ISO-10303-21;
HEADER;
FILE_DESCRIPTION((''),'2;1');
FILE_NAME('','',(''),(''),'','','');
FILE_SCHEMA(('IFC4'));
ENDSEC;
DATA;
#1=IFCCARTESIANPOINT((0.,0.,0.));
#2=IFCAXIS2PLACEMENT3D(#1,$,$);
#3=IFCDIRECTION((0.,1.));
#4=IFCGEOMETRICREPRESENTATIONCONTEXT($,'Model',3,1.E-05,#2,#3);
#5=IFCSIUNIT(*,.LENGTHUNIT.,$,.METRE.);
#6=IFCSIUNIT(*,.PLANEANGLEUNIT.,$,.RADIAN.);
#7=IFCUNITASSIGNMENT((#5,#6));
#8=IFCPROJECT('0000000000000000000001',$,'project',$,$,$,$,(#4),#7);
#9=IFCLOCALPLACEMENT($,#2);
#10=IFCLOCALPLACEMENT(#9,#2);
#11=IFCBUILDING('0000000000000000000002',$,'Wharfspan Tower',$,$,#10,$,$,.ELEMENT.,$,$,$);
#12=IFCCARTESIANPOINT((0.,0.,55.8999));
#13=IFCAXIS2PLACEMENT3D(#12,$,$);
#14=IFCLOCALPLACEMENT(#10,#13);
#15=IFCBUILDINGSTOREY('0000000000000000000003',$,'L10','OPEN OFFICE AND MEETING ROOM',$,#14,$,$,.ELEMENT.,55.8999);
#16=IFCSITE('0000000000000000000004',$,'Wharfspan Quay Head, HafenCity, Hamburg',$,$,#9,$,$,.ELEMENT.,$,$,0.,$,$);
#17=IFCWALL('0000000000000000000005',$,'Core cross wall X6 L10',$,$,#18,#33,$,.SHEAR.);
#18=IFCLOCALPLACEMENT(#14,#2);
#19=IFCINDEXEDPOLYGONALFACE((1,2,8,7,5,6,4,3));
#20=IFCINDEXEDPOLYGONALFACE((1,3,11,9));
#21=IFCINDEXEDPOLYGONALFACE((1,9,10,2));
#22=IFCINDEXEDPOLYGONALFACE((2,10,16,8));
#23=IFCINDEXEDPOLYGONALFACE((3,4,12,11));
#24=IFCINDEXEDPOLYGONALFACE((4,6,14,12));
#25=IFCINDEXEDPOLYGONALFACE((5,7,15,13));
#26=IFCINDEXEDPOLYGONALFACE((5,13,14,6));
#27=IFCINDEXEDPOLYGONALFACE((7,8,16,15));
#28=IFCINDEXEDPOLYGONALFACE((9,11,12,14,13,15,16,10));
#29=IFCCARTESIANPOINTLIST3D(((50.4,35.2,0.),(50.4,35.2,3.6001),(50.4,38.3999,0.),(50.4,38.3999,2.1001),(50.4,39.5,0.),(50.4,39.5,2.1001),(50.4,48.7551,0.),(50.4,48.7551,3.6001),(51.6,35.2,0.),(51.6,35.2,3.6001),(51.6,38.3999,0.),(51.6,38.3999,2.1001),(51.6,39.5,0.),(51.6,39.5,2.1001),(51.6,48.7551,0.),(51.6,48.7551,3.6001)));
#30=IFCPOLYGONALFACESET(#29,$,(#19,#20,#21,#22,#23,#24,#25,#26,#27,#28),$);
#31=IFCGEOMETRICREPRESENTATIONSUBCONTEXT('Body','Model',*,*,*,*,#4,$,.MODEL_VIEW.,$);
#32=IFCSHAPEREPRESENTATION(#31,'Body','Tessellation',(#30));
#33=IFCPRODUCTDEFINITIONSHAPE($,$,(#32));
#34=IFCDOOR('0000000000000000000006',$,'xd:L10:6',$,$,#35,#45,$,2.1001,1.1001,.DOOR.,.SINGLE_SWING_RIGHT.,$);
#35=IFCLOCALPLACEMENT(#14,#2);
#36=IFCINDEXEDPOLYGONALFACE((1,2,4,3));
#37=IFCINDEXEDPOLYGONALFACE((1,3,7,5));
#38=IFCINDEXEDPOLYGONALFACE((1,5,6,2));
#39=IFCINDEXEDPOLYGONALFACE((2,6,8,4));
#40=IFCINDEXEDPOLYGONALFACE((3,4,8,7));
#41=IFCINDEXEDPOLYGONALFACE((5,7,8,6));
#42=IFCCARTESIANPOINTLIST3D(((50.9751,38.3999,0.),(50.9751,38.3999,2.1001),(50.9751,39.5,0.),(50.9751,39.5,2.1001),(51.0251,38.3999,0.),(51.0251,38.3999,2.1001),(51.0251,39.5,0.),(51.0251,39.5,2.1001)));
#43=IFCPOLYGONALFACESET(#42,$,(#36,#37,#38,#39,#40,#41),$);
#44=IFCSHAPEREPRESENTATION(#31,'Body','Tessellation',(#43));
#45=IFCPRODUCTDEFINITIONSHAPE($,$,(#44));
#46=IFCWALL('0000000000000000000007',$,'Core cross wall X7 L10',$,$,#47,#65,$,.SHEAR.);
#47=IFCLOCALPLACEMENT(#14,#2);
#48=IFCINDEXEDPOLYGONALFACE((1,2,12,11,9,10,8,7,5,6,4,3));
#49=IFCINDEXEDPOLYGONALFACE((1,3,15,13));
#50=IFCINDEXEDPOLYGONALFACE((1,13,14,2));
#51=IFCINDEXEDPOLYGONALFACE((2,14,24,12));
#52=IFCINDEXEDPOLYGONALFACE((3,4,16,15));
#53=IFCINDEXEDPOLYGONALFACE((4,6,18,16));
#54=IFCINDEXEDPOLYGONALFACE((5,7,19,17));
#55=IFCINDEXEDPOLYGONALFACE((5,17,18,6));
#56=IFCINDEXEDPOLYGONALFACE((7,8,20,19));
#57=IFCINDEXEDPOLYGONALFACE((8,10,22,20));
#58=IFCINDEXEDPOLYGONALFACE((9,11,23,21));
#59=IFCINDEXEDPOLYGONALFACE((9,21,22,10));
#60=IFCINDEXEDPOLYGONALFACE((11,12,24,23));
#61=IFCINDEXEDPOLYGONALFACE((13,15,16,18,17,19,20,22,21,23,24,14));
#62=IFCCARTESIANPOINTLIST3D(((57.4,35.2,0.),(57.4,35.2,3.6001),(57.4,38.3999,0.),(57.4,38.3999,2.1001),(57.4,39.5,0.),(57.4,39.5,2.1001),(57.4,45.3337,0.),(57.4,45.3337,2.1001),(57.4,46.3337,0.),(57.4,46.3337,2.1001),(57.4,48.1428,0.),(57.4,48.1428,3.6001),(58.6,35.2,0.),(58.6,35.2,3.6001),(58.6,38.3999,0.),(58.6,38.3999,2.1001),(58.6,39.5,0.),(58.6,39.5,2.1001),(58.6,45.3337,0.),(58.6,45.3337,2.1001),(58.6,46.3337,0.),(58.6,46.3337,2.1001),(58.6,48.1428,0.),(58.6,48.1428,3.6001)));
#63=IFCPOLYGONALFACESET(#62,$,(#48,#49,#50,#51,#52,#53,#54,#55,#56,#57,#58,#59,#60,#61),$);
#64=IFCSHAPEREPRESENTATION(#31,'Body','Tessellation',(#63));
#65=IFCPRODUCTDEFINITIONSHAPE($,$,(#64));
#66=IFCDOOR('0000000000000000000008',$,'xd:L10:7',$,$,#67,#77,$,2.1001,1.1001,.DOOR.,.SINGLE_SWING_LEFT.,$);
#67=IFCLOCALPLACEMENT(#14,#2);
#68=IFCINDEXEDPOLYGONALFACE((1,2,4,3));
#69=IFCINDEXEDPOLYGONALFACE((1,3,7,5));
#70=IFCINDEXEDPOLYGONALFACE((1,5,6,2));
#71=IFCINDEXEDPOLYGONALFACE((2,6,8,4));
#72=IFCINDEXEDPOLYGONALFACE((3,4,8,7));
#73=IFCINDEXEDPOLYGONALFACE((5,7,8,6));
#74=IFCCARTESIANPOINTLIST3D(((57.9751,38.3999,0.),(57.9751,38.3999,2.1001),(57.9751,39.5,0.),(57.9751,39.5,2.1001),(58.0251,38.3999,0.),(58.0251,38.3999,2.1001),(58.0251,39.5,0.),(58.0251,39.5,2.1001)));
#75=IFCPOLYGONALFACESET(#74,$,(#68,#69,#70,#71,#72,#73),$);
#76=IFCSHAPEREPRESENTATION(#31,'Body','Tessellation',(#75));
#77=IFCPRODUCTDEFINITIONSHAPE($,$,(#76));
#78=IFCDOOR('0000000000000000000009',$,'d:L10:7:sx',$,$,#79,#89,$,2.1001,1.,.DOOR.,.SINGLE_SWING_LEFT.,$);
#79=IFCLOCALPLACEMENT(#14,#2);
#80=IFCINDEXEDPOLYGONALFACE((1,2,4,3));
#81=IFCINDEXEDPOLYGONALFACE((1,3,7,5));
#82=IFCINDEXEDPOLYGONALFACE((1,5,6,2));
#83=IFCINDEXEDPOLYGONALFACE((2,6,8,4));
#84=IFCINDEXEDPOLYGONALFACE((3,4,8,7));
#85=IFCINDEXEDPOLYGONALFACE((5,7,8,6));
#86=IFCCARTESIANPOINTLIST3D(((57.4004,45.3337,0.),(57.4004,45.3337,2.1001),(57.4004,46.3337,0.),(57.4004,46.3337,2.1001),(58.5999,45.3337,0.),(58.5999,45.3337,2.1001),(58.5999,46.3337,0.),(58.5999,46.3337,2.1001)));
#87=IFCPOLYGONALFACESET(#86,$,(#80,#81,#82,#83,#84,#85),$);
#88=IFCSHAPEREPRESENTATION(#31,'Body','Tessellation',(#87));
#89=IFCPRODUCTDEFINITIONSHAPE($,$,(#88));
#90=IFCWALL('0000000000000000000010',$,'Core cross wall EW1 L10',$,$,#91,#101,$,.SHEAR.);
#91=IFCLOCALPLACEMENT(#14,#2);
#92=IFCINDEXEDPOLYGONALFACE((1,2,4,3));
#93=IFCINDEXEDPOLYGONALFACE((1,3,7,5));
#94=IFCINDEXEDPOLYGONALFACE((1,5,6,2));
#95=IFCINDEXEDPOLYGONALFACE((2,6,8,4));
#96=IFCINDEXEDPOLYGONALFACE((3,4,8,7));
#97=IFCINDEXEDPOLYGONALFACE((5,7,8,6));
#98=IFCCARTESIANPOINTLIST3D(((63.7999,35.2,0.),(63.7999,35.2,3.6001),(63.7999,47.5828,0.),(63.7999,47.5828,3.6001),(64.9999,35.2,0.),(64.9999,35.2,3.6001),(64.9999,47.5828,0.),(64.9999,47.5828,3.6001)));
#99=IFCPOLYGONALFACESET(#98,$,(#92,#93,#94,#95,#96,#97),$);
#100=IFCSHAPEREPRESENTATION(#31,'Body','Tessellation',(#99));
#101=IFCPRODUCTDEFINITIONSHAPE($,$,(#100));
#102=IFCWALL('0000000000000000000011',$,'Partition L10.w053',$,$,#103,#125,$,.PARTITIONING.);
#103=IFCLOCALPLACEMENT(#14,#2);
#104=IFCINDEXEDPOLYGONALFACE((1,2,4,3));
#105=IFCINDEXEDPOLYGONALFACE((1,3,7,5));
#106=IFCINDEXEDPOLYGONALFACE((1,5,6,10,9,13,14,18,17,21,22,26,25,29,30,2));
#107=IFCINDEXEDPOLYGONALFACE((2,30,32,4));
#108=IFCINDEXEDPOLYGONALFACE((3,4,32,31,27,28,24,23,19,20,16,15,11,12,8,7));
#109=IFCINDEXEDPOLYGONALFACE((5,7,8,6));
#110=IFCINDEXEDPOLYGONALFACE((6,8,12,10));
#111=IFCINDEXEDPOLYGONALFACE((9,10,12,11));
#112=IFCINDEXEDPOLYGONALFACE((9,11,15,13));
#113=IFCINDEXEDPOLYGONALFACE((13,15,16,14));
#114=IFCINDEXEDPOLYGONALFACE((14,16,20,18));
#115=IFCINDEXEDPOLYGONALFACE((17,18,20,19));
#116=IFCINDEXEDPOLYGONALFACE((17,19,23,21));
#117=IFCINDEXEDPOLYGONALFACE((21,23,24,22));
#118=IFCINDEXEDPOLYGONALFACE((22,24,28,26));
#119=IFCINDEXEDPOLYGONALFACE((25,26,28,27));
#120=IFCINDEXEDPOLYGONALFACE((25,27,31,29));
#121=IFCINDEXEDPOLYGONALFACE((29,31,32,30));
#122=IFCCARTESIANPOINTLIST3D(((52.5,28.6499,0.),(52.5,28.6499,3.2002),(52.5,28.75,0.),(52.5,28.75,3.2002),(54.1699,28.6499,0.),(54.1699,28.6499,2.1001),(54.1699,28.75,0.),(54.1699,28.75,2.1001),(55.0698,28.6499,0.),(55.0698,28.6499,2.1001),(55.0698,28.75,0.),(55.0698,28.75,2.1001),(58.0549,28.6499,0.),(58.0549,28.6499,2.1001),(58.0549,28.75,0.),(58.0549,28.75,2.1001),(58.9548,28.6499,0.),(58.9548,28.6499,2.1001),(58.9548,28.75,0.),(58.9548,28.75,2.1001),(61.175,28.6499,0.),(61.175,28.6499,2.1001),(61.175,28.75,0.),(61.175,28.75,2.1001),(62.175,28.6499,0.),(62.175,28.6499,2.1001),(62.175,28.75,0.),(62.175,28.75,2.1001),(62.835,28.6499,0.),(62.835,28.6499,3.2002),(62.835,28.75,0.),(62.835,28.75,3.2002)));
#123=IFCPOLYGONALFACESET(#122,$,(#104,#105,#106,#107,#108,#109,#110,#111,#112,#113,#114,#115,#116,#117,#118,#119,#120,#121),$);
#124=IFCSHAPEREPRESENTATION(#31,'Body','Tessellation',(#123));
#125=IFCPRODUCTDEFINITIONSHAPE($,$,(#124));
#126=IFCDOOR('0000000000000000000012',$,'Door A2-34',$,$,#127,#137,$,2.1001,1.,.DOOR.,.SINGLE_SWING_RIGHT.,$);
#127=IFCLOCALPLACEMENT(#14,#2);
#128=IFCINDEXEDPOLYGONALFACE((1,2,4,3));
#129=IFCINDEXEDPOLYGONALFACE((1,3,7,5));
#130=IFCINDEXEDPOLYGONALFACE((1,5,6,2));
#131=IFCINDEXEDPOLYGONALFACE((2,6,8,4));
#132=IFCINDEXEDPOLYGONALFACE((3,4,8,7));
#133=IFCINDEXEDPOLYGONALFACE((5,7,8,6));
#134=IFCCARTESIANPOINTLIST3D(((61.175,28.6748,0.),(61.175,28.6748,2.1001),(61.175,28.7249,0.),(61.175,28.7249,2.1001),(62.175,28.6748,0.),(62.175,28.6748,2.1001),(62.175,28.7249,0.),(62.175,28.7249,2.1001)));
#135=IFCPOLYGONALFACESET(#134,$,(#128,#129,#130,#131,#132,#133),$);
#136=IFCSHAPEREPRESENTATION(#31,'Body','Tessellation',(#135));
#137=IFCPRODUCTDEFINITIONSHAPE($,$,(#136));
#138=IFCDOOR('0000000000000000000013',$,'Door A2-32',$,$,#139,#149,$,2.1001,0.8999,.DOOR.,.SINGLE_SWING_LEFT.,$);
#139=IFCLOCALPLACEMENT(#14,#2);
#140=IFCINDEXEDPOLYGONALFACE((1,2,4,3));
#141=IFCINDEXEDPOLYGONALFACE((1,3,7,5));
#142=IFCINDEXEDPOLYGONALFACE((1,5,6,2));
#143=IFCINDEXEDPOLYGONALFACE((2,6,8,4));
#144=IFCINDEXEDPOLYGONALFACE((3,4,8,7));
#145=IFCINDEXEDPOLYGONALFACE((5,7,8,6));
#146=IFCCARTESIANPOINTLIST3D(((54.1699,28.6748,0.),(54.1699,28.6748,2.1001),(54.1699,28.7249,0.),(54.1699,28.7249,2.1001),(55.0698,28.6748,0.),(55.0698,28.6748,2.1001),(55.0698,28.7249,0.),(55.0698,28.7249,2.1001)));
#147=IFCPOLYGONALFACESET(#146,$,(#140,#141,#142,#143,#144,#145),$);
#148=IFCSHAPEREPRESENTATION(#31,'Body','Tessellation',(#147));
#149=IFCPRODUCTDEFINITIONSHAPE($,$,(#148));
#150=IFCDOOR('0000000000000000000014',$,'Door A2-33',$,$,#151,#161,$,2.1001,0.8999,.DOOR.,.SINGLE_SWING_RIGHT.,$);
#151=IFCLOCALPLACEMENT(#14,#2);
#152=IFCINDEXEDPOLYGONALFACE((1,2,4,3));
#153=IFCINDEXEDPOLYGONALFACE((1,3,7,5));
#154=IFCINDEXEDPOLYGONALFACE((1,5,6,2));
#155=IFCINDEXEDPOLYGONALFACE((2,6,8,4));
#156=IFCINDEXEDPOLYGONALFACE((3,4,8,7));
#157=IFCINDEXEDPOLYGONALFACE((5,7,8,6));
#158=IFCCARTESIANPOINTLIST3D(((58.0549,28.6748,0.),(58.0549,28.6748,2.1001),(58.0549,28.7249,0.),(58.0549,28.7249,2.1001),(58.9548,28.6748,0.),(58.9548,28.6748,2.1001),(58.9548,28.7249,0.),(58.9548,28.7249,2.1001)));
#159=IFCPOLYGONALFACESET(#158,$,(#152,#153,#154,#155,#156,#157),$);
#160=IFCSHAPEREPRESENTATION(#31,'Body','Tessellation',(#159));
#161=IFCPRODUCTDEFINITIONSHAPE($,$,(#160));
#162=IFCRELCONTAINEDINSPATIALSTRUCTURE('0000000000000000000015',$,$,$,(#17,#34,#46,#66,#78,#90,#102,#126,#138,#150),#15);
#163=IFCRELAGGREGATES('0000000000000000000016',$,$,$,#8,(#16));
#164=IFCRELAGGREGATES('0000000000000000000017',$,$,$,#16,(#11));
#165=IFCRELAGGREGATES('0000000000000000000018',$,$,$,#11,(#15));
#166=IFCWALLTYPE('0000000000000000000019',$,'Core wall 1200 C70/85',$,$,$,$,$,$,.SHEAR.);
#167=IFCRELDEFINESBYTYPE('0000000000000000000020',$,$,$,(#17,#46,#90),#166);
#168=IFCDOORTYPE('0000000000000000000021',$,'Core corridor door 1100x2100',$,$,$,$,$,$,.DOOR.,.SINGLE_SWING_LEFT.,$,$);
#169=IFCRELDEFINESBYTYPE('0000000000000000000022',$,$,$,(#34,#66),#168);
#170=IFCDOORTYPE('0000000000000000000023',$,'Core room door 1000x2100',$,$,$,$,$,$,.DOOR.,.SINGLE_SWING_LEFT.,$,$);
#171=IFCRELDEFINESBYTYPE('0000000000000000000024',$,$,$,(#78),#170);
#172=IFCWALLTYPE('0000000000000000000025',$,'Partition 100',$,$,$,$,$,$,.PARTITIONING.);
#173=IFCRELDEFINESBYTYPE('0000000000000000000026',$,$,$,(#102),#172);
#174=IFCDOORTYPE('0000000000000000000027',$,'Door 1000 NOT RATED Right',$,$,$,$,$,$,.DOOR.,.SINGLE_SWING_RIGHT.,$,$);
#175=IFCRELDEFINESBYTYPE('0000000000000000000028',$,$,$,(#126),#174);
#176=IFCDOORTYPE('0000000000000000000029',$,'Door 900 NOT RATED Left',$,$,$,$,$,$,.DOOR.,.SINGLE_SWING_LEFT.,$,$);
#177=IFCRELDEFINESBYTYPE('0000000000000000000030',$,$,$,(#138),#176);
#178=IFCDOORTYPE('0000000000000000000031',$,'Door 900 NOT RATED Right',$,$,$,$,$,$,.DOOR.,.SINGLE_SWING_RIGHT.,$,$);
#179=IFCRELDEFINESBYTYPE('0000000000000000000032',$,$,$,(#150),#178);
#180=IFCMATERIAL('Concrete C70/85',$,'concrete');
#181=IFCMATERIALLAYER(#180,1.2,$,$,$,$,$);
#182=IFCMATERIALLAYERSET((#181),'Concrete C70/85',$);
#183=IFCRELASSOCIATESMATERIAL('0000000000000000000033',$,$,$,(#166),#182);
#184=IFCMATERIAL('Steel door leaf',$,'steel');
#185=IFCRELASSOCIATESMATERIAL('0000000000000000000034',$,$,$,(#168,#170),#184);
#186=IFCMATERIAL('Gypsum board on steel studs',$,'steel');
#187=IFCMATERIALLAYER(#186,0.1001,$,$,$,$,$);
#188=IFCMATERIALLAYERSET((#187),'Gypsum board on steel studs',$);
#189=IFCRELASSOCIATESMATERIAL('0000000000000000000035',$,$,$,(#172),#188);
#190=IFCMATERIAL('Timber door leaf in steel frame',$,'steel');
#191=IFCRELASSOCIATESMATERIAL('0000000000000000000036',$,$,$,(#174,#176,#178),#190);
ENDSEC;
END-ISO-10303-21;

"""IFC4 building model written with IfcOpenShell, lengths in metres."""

from ifc_helpers import new_model, si_unit, direction, frame, frame_2d, origin, place, context, subcontext, project, spatial, rectangle, extrude, material, layer, layer_set, type_object, element, fill, save


model = new_model("IFC4")

# Units and contexts
model_context = context("Model", 3, precision=1e-05, world=origin(), true_north=direction((0.0, 1.0)))
body_context = subcontext(model_context, "Body", "Model", "MODEL_VIEW")
ifc_project = project(units=[si_unit("LENGTHUNIT", "METRE"), si_unit("PLANEANGLEUNIT", "RADIAN")], contexts=[model_context])

# Site, building, storey
site_placement = place(None, origin())
site = spatial("IfcSite", under=ifc_project, at=site_placement, Name="Wharfspan Quay Head, HafenCity, Hamburg", CompositionType="ELEMENT", RefElevation=0.0)
building_placement = place(site_placement, origin())
building = spatial("IfcBuilding", under=site, at=building_placement, Name="Wharfspan Tower", CompositionType="ELEMENT")
storey_placement = place(building_placement, frame((0.0, 0.0, 55.8999)))
storey = spatial("IfcBuildingStorey", under=building, at=storey_placement, Name="L10", Description="OPEN OFFICE AND MEETING ROOM", CompositionType="ELEMENT", Elevation=55.8999)

# Shared definitions
ifc_material_1 = material(Name="Gypsum board on steel studs", Category="steel")

# Wall, opening, door
ifc_material_2 = material(Name="Concrete C70/85", Category="concrete")
ifc_layer_1 = layer(ifc_material_2, 1.2)
ifc_layer_set_1 = layer_set([ifc_layer_1], Name="Concrete C70/85")
wall_type_1 = type_object("IfcWallType", Name="Core wall 1200 C70/85", PredefinedType="SHEAR", material=ifc_layer_set_1)
wall_1_placement = place(storey_placement, frame((51.0, 35.2, 0.0), z_axis=(0.0, 0.0, 1.0), x_axis=(0.0, 1.0, 0.0)))
wall_1 = element("IfcWall", 1, at=wall_1_placement, inside=storey, type_object=wall_type_1, Name="Core cross wall X6 L10", PredefinedType="SHEAR", context=body_context, shape_type="SweptSolid", body=[
    extrude(rectangle(XDim=13.5552, YDim=1.2, at=frame_2d((6.7776, 0.0))), origin(), (0.0, 0.0, 1.0), 3.6001),
])
opening_1_placement = place(wall_1_placement, frame((3.2, 0.0, 0.0)))
opening_1 = element("IfcOpeningElement", 2, at=opening_1_placement, cuts=wall_1, PredefinedType="OPENING", context=body_context, shape_type="SweptSolid", body=[
    extrude(rectangle(XDim=1.1001, YDim=2.1001, at=frame_2d((0.55, 1.05))), frame((0.0, 0.6099, 0.0), z_axis=(0.0, -1.0, 0.0), x_axis=(1.0, 0.0, 0.0)), (0.0, 0.0, 1.0), 1.22),
])
ifc_material_3 = material(Name="Steel door leaf", Category="steel")
door_type_1 = type_object("IfcDoorType", Name="Core corridor door 1100x2100", OperationType="SINGLE_SWING_LEFT", PredefinedType="DOOR", material=ifc_material_3)
door_1_placement = place(opening_1_placement, origin())
door_1 = element("IfcDoor", 3, at=door_1_placement, inside=storey, type_object=door_type_1, Name="xd:L10:6", OperationType="SINGLE_SWING_RIGHT", OverallHeight=2.1001, OverallWidth=1.1001, PredefinedType="DOOR", context=body_context, shape_type="SweptSolid", body=[
    extrude(rectangle(XDim=1.1001, YDim=2.1001, at=frame_2d((0.55, 1.05))), frame((0.0, 0.0249, 0.0), z_axis=(0.0, -1.0, 0.0), x_axis=(1.0, 0.0, 0.0)), (0.0, 0.0, 1.0), 0.05),
])
fill(opening_1, door_1)

# Wall, openings, doors
wall_2_placement = place(storey_placement, frame((58.0, 35.2, 0.0), z_axis=(0.0, 0.0, 1.0), x_axis=(0.0, 1.0, 0.0)))
wall_2 = element("IfcWall", 4, at=wall_2_placement, inside=storey, type_object=wall_type_1, Name="Core cross wall X7 L10", PredefinedType="SHEAR", context=body_context, shape_type="SweptSolid", body=[
    extrude(rectangle(XDim=12.9429, YDim=1.2, at=frame_2d((6.4714, 0.0))), origin(), (0.0, 0.0, 1.0), 3.6001),
])
opening_2_placement = place(wall_2_placement, frame((10.1338, 0.0, 0.0)))
opening_2 = element("IfcOpeningElement", 5, at=opening_2_placement, cuts=wall_2, PredefinedType="OPENING", context=body_context, shape_type="SweptSolid", body=[
    extrude(rectangle(XDim=1.0, YDim=2.1001, at=frame_2d((0.5, 1.05))), frame((0.0, 0.6099, 0.0), z_axis=(0.0, -1.0, 0.0), x_axis=(1.0, 0.0, 0.0)), (0.0, 0.0, 1.0), 1.22),
])
opening_3_placement = place(wall_2_placement, frame((3.2, 0.0, 0.0)))
opening_3 = element("IfcOpeningElement", 6, at=opening_3_placement, cuts=wall_2, PredefinedType="OPENING", context=body_context, shape_type="SweptSolid", body=[
    extrude(rectangle(XDim=1.1001, YDim=2.1001, at=frame_2d((0.55, 1.05))), frame((0.0, 0.6099, 0.0), z_axis=(0.0, -1.0, 0.0), x_axis=(1.0, 0.0, 0.0)), (0.0, 0.0, 1.0), 1.22),
])
door_2_placement = place(opening_3_placement, origin())
door_2 = element("IfcDoor", 7, at=door_2_placement, inside=storey, type_object=door_type_1, Name="xd:L10:7", OperationType="SINGLE_SWING_LEFT", OverallHeight=2.1001, OverallWidth=1.1001, PredefinedType="DOOR", context=body_context, shape_type="SweptSolid", body=[
    extrude(rectangle(XDim=1.1001, YDim=2.1001, at=frame_2d((0.55, 1.05))), frame((0.0, 0.0249, 0.0), z_axis=(0.0, -1.0, 0.0), x_axis=(1.0, 0.0, 0.0)), (0.0, 0.0, 1.0), 0.05),
])
fill(opening_3, door_2)
door_type_2 = type_object("IfcDoorType", Name="Core room door 1000x2100", OperationType="SINGLE_SWING_LEFT", PredefinedType="DOOR", material=ifc_material_3)
door_3_placement = place(opening_2_placement, origin())
door_3 = element("IfcDoor", 8, at=door_3_placement, inside=storey, type_object=door_type_2, Name="d:L10:7:sx", OperationType="SINGLE_SWING_LEFT", OverallHeight=2.1001, OverallWidth=1.0, PredefinedType="DOOR", context=body_context, shape_type="SweptSolid", body=[
    extrude(rectangle(XDim=1.0, YDim=2.1001, at=frame_2d((0.5, 1.05))), frame((0.0, 0.5996, 0.0), z_axis=(0.0, -1.0, 0.0), x_axis=(1.0, 0.0, 0.0)), (0.0, 0.0, 1.0), 1.1995),
])
fill(opening_2, door_3)

# Wall
wall_3_placement = place(storey_placement, frame((64.3999, 35.2, 0.0), z_axis=(0.0, 0.0, 1.0), x_axis=(0.0, 1.0, 0.0)))
element("IfcWall", 9, at=wall_3_placement, inside=storey, type_object=wall_type_1, Name="Core cross wall EW1 L10", PredefinedType="SHEAR", context=body_context, shape_type="SweptSolid", body=[
    extrude(rectangle(XDim=12.3828, YDim=1.2, at=frame_2d((6.1914, 0.0))), origin(), (0.0, 0.0, 1.0), 3.6001),
])

# Wall, openings, doors
ifc_layer_2 = layer(ifc_material_1, 0.1001)
ifc_layer_set_2 = layer_set([ifc_layer_2], Name="Gypsum board on steel studs")
wall_type_2 = type_object("IfcWallType", Name="Partition 100", PredefinedType="PARTITIONING", material=ifc_layer_set_2)
wall_4_placement = place(storey_placement, frame((52.5, 28.7, 0.0), z_axis=(0.0, 0.0, 1.0), x_axis=(1.0, 0.0, 0.0)))
wall_4 = element("IfcWall", 10, at=wall_4_placement, inside=storey, type_object=wall_type_2, Name="Partition L10.w053", PredefinedType="PARTITIONING", context=body_context, shape_type="SweptSolid", body=[
    extrude(rectangle(XDim=10.335, YDim=0.1001, at=frame_2d((5.1675, 0.0))), origin(), (0.0, 0.0, 1.0), 3.2002),
])
opening_4_placement = place(wall_4_placement, frame((1.6699, 0.0, 0.0)))
opening_4 = element("IfcOpeningElement", 11, at=opening_4_placement, cuts=wall_4, PredefinedType="OPENING", context=body_context, shape_type="SweptSolid", body=[
    extrude(rectangle(XDim=0.8999, YDim=2.1001, at=frame_2d((0.45, 1.05))), frame((0.0, 0.0601, 0.0), z_axis=(0.0, -1.0, 0.0), x_axis=(1.0, 0.0, 0.0)), (0.0, 0.0, 1.0), 0.1201),
])
opening_5_placement = place(wall_4_placement, frame((5.5549, 0.0, 0.0)))
opening_5 = element("IfcOpeningElement", 12, at=opening_5_placement, cuts=wall_4, PredefinedType="OPENING", context=body_context, shape_type="SweptSolid", body=[
    extrude(rectangle(XDim=0.8999, YDim=2.1001, at=frame_2d((0.45, 1.05))), frame((0.0, 0.0601, 0.0), z_axis=(0.0, -1.0, 0.0), x_axis=(1.0, 0.0, 0.0)), (0.0, 0.0, 1.0), 0.1201),
])
opening_6_placement = place(wall_4_placement, frame((8.675, 0.0, 0.0)))
opening_6 = element("IfcOpeningElement", 13, at=opening_6_placement, cuts=wall_4, PredefinedType="OPENING", context=body_context, shape_type="SweptSolid", body=[
    extrude(rectangle(XDim=1.0, YDim=2.1001, at=frame_2d((0.5, 1.05))), frame((0.0, 0.0601, 0.0), z_axis=(0.0, -1.0, 0.0), x_axis=(1.0, 0.0, 0.0)), (0.0, 0.0, 1.0), 0.1201),
])
ifc_material_4 = material(Name="Timber door leaf in steel frame", Category="steel")
door_type_3 = type_object("IfcDoorType", Name="Door 1000 NOT RATED Right", OperationType="SINGLE_SWING_RIGHT", PredefinedType="DOOR", material=ifc_material_4)
door_4_placement = place(opening_6_placement, origin())
door_4 = element("IfcDoor", 14, at=door_4_placement, inside=storey, type_object=door_type_3, Name="Door A2-34", OperationType="SINGLE_SWING_RIGHT", OverallHeight=2.1001, OverallWidth=1.0, PredefinedType="DOOR", context=body_context, shape_type="SweptSolid", body=[
    extrude(rectangle(XDim=1.0, YDim=2.1001, at=frame_2d((0.5, 1.05))), frame((0.0, 0.0249, 0.0), z_axis=(0.0, -1.0, 0.0), x_axis=(1.0, 0.0, 0.0)), (0.0, 0.0, 1.0), 0.05),
])
fill(opening_6, door_4)
door_type_4 = type_object("IfcDoorType", Name="Door 900 NOT RATED Left", OperationType="SINGLE_SWING_LEFT", PredefinedType="DOOR", material=ifc_material_4)
door_5_placement = place(opening_4_placement, origin())
door_5 = element("IfcDoor", 15, at=door_5_placement, inside=storey, type_object=door_type_4, Name="Door A2-32", OperationType="SINGLE_SWING_LEFT", OverallHeight=2.1001, OverallWidth=0.8999, PredefinedType="DOOR", context=body_context, shape_type="SweptSolid", body=[
    extrude(rectangle(XDim=0.8999, YDim=2.1001, at=frame_2d((0.45, 1.05))), frame((0.0, 0.0249, 0.0), z_axis=(0.0, -1.0, 0.0), x_axis=(1.0, 0.0, 0.0)), (0.0, 0.0, 1.0), 0.05),
])
fill(opening_4, door_5)
door_type_5 = type_object("IfcDoorType", Name="Door 900 NOT RATED Right", OperationType="SINGLE_SWING_RIGHT", PredefinedType="DOOR", material=ifc_material_4)
door_6_placement = place(opening_5_placement, origin())
door_6 = element("IfcDoor", 16, at=door_6_placement, inside=storey, type_object=door_type_5, Name="Door A2-33", OperationType="SINGLE_SWING_RIGHT", OverallHeight=2.1001, OverallWidth=0.8999, PredefinedType="DOOR", context=body_context, shape_type="SweptSolid", body=[
    extrude(rectangle(XDim=0.8999, YDim=2.1001, at=frame_2d((0.45, 1.05))), frame((0.0, 0.0249, 0.0), z_axis=(0.0, -1.0, 0.0), x_axis=(1.0, 0.0, 0.0)), (0.0, 0.0, 1.0), 0.05),
])
fill(opening_5, door_6)

save(model, "model.ifc")
